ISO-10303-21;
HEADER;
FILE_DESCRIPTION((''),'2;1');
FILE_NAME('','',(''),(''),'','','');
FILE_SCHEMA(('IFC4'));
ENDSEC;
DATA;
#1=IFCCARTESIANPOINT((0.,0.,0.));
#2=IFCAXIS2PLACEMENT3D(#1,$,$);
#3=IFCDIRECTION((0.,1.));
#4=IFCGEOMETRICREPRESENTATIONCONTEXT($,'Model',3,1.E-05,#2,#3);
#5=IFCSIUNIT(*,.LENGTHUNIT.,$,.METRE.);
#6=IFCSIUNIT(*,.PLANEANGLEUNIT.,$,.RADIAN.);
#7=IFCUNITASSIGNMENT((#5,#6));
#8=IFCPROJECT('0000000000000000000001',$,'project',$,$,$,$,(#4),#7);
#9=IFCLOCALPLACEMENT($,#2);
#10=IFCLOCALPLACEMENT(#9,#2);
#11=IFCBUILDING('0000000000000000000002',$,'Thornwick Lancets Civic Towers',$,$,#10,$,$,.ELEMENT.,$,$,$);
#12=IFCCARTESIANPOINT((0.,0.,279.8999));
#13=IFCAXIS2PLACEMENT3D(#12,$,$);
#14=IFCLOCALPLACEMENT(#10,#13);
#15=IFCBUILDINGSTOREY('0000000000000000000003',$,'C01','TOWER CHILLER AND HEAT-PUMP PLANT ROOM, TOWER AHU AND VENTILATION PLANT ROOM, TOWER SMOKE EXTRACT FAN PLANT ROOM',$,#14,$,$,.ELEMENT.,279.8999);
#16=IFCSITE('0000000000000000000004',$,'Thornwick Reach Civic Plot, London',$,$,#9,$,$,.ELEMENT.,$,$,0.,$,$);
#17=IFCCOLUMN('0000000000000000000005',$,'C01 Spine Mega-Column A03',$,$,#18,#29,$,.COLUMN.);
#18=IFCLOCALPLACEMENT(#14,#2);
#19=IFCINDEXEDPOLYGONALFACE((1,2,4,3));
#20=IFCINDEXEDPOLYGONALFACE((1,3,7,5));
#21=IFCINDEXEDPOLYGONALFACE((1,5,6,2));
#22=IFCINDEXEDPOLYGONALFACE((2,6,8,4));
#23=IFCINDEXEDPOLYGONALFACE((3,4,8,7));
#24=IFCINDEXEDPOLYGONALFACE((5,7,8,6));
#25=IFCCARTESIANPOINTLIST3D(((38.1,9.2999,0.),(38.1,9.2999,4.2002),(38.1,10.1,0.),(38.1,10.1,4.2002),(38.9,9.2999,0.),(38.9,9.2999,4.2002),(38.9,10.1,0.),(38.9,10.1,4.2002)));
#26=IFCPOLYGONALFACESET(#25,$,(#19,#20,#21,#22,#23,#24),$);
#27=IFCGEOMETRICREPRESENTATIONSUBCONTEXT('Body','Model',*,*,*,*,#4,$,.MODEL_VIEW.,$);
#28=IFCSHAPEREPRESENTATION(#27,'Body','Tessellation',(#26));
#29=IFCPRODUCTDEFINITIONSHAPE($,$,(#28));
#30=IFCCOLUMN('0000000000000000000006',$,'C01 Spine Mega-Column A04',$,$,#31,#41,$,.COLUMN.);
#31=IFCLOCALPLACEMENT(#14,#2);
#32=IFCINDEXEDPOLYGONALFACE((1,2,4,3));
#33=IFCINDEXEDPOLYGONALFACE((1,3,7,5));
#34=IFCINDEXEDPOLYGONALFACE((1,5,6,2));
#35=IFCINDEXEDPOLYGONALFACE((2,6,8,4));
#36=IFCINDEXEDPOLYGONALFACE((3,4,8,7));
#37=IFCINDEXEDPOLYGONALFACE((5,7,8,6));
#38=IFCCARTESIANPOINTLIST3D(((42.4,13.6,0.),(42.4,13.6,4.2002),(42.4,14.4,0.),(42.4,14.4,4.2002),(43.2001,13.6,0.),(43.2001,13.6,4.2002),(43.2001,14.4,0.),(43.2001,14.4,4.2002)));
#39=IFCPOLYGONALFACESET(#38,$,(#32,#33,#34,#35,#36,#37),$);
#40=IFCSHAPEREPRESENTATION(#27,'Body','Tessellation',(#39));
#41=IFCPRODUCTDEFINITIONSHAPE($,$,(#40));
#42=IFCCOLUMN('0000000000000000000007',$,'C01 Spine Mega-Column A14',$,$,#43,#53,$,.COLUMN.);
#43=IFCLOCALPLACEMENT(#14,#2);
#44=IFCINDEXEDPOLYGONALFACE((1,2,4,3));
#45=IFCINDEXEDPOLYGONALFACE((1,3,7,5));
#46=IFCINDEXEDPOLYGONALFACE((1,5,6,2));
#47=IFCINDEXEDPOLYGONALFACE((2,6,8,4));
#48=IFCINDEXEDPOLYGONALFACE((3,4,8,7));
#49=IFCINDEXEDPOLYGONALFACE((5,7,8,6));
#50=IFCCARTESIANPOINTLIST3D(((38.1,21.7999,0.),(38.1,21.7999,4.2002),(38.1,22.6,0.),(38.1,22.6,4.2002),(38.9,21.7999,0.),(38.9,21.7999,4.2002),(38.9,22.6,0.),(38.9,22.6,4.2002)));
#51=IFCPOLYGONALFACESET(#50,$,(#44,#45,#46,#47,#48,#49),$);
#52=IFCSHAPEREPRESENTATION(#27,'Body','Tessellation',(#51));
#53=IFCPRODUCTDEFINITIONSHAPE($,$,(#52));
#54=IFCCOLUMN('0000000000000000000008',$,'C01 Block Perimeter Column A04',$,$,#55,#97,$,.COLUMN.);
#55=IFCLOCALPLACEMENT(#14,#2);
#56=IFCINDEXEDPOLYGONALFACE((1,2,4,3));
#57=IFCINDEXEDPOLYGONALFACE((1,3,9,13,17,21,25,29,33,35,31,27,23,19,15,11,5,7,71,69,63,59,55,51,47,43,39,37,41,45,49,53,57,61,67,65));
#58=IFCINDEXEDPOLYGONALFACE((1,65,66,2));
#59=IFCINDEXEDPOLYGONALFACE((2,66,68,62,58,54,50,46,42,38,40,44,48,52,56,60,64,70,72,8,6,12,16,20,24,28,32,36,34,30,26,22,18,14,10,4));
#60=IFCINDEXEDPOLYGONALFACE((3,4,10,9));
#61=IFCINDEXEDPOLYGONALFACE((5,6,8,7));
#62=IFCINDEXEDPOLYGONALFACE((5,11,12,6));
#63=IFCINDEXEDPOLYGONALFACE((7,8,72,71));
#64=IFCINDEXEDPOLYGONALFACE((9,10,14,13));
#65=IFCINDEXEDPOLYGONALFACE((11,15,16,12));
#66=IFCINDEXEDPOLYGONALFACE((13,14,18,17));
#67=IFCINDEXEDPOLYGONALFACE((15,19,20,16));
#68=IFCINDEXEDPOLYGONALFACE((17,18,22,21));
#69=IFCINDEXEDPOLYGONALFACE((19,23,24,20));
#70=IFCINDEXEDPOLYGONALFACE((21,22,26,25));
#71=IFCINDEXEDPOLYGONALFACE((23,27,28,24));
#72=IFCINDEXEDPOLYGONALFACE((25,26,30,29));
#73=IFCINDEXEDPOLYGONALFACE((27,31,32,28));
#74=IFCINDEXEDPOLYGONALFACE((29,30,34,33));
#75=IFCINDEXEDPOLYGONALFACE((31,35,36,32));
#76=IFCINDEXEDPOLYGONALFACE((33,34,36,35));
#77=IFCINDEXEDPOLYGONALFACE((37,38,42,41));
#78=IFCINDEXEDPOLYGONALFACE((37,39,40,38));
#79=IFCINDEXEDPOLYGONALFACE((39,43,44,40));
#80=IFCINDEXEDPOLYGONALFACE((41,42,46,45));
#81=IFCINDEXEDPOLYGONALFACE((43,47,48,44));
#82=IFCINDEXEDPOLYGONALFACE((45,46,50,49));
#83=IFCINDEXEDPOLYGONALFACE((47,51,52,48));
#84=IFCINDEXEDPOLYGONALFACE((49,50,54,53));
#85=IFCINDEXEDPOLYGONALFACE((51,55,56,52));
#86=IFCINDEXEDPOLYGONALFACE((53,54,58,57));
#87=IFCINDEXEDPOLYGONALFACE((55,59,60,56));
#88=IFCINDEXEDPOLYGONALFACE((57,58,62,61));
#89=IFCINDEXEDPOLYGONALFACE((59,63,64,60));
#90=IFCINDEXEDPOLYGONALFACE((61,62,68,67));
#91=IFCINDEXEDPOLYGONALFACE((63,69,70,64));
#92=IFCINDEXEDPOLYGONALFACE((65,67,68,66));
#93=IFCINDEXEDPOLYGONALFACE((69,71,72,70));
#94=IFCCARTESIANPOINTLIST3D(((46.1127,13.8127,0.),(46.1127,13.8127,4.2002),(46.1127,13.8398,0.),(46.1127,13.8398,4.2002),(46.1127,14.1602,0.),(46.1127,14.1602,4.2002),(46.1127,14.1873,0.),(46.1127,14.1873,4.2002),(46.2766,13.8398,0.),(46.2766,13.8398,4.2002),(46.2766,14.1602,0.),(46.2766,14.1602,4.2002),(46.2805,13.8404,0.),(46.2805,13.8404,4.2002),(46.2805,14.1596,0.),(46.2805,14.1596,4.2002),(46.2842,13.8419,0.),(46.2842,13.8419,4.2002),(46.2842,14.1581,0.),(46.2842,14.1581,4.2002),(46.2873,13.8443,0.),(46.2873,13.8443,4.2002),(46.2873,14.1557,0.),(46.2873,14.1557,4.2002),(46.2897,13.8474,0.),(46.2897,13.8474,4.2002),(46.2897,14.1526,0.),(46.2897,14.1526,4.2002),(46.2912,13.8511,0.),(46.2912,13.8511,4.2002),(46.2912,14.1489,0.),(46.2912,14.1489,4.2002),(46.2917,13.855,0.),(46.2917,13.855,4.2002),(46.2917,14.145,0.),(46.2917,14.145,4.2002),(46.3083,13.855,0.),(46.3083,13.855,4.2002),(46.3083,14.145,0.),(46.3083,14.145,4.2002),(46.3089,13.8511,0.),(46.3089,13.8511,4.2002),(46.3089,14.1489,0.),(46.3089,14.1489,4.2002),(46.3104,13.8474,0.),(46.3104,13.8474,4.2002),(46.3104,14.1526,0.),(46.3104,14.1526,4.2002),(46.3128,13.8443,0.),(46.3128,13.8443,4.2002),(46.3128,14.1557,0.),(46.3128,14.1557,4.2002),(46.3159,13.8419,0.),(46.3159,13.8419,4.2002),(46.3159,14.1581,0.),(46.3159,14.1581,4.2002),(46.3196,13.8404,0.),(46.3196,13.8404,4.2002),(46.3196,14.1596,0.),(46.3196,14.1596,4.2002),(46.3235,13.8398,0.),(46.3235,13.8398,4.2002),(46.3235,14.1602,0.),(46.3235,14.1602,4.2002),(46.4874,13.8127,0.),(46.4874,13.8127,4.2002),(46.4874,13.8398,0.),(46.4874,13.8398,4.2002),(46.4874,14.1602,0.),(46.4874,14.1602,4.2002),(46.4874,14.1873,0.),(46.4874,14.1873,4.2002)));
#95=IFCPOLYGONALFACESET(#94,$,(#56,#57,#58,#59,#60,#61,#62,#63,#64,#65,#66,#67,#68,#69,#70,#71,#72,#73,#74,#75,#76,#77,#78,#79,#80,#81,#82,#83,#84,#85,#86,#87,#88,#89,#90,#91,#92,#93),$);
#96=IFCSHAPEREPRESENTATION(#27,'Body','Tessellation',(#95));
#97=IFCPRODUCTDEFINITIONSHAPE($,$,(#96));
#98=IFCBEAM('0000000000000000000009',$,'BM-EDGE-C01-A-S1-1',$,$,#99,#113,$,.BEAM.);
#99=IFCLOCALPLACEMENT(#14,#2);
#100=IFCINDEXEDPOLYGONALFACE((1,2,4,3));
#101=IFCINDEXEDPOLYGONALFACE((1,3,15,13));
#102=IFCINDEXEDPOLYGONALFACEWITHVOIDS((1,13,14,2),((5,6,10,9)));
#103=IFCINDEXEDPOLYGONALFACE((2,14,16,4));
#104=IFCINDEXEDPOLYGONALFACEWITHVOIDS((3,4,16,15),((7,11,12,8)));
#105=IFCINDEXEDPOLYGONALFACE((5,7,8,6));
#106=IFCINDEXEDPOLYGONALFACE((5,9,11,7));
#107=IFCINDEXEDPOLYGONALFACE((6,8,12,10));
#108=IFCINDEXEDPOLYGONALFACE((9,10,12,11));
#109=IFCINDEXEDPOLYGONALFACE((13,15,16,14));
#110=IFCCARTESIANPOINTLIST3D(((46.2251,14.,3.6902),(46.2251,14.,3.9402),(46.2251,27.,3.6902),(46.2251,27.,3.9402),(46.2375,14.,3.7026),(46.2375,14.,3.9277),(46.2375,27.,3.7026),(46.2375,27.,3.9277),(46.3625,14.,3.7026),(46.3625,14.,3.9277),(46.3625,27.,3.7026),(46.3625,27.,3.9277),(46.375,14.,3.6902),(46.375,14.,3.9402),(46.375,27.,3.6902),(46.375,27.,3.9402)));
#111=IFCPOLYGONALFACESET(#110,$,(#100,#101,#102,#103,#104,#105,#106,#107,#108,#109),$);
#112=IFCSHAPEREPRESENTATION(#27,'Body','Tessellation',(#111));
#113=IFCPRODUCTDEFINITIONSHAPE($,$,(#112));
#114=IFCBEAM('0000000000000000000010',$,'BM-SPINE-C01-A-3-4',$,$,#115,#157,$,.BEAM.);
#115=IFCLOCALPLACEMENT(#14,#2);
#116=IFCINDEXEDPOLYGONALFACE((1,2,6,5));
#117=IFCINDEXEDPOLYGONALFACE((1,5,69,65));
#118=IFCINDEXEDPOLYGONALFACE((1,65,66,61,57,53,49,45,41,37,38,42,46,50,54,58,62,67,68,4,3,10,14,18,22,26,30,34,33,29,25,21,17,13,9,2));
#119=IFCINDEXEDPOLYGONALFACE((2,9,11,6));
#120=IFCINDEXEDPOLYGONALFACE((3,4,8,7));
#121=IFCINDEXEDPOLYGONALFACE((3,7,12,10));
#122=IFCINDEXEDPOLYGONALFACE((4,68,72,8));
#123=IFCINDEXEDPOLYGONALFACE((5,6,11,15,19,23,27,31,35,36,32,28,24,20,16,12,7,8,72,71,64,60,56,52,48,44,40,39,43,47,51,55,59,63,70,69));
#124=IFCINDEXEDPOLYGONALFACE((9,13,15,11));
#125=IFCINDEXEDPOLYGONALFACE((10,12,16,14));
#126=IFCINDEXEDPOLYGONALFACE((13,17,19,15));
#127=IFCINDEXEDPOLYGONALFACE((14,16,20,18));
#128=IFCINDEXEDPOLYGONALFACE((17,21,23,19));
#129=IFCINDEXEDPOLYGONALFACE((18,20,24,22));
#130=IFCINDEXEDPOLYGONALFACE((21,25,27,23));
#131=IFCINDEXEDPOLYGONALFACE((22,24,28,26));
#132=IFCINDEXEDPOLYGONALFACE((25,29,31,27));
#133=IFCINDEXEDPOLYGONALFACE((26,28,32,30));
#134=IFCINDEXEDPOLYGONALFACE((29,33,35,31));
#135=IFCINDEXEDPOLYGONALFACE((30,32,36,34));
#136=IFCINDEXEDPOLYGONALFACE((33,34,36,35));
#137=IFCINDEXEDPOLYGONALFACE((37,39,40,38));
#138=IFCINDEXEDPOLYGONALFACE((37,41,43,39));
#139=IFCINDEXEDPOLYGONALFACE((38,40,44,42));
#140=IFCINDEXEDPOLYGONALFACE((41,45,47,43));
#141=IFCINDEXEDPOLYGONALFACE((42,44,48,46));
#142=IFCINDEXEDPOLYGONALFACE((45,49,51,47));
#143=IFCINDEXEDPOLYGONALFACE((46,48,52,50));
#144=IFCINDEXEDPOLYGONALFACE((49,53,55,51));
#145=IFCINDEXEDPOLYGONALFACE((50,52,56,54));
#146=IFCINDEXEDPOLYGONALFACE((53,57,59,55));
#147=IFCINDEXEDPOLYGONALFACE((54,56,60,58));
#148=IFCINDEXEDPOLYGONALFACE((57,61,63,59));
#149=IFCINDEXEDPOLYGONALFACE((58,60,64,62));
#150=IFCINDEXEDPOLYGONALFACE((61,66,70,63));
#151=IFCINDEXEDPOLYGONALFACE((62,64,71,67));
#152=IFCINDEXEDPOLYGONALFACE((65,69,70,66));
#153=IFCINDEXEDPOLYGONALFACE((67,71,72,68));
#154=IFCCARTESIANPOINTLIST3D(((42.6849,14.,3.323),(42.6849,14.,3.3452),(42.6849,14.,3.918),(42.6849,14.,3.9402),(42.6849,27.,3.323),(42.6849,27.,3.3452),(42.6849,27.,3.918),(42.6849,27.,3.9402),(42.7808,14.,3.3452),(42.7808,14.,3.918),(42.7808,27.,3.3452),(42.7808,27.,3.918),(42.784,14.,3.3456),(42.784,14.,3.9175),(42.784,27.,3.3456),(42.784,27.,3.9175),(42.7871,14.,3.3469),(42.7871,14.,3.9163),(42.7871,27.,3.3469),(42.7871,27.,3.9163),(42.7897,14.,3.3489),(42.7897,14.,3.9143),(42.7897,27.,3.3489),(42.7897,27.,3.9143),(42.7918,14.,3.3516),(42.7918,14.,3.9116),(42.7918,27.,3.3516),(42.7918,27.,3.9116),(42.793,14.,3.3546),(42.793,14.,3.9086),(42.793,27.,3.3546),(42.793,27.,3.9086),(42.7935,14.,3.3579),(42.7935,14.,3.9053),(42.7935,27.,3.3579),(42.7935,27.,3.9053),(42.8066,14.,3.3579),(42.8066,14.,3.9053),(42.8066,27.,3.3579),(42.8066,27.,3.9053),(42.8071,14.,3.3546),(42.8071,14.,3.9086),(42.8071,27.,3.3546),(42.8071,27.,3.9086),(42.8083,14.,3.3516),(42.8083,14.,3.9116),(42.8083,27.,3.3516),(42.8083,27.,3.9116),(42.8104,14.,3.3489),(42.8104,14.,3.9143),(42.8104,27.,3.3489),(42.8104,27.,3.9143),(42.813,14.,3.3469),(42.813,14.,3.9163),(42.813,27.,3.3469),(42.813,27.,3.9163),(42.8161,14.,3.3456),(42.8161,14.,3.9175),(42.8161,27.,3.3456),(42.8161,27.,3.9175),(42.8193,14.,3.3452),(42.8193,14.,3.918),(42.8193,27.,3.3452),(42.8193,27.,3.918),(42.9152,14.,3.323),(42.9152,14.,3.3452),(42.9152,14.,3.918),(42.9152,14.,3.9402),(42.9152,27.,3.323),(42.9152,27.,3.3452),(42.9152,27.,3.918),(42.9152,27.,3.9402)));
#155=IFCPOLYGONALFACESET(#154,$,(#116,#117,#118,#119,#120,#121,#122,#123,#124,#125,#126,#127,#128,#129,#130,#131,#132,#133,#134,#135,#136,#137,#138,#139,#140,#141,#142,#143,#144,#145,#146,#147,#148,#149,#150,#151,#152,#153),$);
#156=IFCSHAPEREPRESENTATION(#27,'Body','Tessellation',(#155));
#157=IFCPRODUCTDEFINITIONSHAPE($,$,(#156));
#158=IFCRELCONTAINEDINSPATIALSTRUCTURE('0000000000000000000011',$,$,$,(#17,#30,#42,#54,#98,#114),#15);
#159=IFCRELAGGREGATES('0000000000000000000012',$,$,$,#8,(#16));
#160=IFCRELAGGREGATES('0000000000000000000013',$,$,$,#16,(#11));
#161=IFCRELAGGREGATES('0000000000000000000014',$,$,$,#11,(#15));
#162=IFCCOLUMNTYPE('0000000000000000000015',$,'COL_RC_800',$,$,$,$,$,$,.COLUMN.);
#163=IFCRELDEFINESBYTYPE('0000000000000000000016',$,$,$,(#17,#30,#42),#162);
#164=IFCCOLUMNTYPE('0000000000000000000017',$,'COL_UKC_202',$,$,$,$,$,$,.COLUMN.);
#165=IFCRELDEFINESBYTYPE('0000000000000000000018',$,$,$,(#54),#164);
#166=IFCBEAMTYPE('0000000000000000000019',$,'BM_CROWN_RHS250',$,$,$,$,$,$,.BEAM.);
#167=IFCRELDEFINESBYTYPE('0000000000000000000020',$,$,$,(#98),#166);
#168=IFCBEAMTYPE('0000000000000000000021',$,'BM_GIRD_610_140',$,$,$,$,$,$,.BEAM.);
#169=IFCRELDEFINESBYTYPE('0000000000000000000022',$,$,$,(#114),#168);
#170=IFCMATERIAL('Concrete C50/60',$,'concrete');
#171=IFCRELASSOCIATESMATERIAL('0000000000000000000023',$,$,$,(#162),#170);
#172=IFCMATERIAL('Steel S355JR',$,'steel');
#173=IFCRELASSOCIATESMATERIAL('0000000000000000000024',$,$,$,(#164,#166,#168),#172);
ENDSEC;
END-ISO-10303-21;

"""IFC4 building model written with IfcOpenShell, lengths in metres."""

from ifc_helpers import new_model, si_unit, direction, frame, origin, origin_2d, place, context, subcontext, project, spatial, rectangle, hollow_rectangle, i_section, extrude, material, material_profile, profile_set, type_object, element, save


model = new_model("IFC4")

# Units and contexts
model_context = context("Model", 3, precision=1e-05, world=origin(), true_north=direction((0.0, 1.0)))
body_context = subcontext(model_context, "Body", "Model", "MODEL_VIEW")
ifc_project = project(units=[si_unit("LENGTHUNIT", "METRE"), si_unit("PLANEANGLEUNIT", "RADIAN")], contexts=[model_context])

# Site, building, storey
site_placement = place(None, origin())
site = spatial("IfcSite", under=ifc_project, at=site_placement, Name="Thornwick Reach Civic Plot, London", CompositionType="ELEMENT", RefElevation=0.0)
building_placement = place(site_placement, origin())
building = spatial("IfcBuilding", under=site, at=building_placement, Name="Thornwick Lancets Civic Towers", CompositionType="ELEMENT")
storey_placement = place(building_placement, frame((0.0, 0.0, 279.8999)))
storey = spatial("IfcBuildingStorey", under=building, at=storey_placement, Name="C01", Description="TOWER CHILLER AND HEAT-PUMP PLANT ROOM, TOWER AHU AND VENTILATION PLANT ROOM, TOWER SMOKE EXTRACT FAN PLANT ROOM", CompositionType="ELEMENT", Elevation=279.8999)

# Columns
ifc_material_1 = material(Name="Concrete C50/60", Category="concrete")
ifc_material_profile_1 = material_profile(ifc_material_1, rectangle(XDim=0.8, YDim=0.8, at=origin_2d()), Name="RC 800x800")
ifc_profile_set_1 = profile_set([ifc_material_profile_1], Name="Concrete C50/60")
column_type_1 = type_object("IfcColumnType", Name="COL_RC_800", PredefinedType="COLUMN", material=ifc_profile_set_1)
for number, where, z_axis, x_axis, name in (
    (1, (38.5, 9.7, 0.0), (0.0, 0.0, 1.0), (1.0, 0.0, 0.0), "C01 Spine Mega-Column A03"),
    (2, (42.8, 14.0, 0.0), (0.0, 0.0, 1.0), (1.0, 0.0, 0.0), "C01 Spine Mega-Column A04"),
    (3, (38.5, 22.2, 0.0), (0.0, 0.0, 1.0), (1.0, 0.0, 0.0), "C01 Spine Mega-Column A14"),
):
    element("IfcColumn", number, at=place(storey_placement, frame(where, z_axis=z_axis, x_axis=x_axis)), inside=storey, type_object=column_type_1, Name=name, PredefinedType="COLUMN", context=body_context, shape_type="SweptSolid", body=[
        extrude(rectangle(XDim=0.8, YDim=0.8, at=origin_2d()), origin(), (0.0, 0.0, 1.0), 4.2002),
    ])
ifc_material_2 = material(Name="Steel S355JR", Category="steel")
ifc_material_profile_2 = material_profile(ifc_material_2, i_section(OverallWidth=0.3748, OverallDepth=0.3745, WebThickness=0.0166, FlangeThickness=0.0271, FilletRadius=0.0151, at=origin_2d()), Name="UKC 356x368x202")
ifc_profile_set_2 = profile_set([ifc_material_profile_2], Name="Steel S355JR")
column_type_2 = type_object("IfcColumnType", Name="COL_UKC_202", PredefinedType="COLUMN", material=ifc_profile_set_2)
column_placement = place(storey_placement, frame((46.3, 14.0, 0.0), z_axis=(0.0, 0.0, 1.0), x_axis=(1.0, 0.0, 0.0)))
element("IfcColumn", 4, at=column_placement, inside=storey, type_object=column_type_2, Name="C01 Block Perimeter Column A04", PredefinedType="COLUMN", context=body_context, shape_type="SweptSolid", body=[
    extrude(i_section(OverallWidth=0.3748, OverallDepth=0.3745, WebThickness=0.0166, FlangeThickness=0.0271, FilletRadius=0.0151, at=origin_2d()), origin(), (0.0, 0.0, 1.0), 4.2002),
])

# Beams
ifc_material_profile_3 = material_profile(ifc_material_2, hollow_rectangle(XDim=0.1499, YDim=0.25, WallThickness=0.0125, at=origin_2d()), Name="RHS 250x150x12.5")
ifc_profile_set_3 = profile_set([ifc_material_profile_3], Name="Steel S355JR")
beam_type_1 = type_object("IfcBeamType", Name="BM_CROWN_RHS250", PredefinedType="BEAM", material=ifc_profile_set_3)
beam_1_placement = place(storey_placement, frame((46.3, 14.0, 3.8152), z_axis=(0.0, 1.0, 0.0), x_axis=(-1.0, 0.0, 0.0)))
element("IfcBeam", 5, at=beam_1_placement, inside=storey, type_object=beam_type_1, Name="BM-EDGE-C01-A-S1-1", PredefinedType="BEAM", context=body_context, shape_type="SweptSolid", body=[
    extrude(hollow_rectangle(XDim=0.1499, YDim=0.25, WallThickness=0.0125, at=origin_2d()), origin(), (0.0, 0.0, 1.0), 13.0),
])
ifc_material_profile_4 = material_profile(ifc_material_2, i_section(OverallWidth=0.2302, OverallDepth=0.6172, WebThickness=0.0132, FlangeThickness=0.0222, FilletRadius=0.0127, at=origin_2d()), Name="UKB 610x229x140")
ifc_profile_set_4 = profile_set([ifc_material_profile_4], Name="Steel S355JR")
beam_type_2 = type_object("IfcBeamType", Name="BM_GIRD_610_140", PredefinedType="BEAM", material=ifc_profile_set_4)
beam_2_placement = place(storey_placement, frame((42.8, 14.0, 3.6316), z_axis=(0.0, 1.0, 0.0), x_axis=(-1.0, 0.0, 0.0)))
element("IfcBeam", 6, at=beam_2_placement, inside=storey, type_object=beam_type_2, Name="BM-SPINE-C01-A-3-4", PredefinedType="BEAM", context=body_context, shape_type="SweptSolid", body=[
    extrude(i_section(OverallWidth=0.2302, OverallDepth=0.6172, WebThickness=0.0132, FlangeThickness=0.0222, FilletRadius=0.0127, at=origin_2d()), origin(), (0.0, 0.0, 1.0), 13.0),
])

save(model, "model.ifc")
